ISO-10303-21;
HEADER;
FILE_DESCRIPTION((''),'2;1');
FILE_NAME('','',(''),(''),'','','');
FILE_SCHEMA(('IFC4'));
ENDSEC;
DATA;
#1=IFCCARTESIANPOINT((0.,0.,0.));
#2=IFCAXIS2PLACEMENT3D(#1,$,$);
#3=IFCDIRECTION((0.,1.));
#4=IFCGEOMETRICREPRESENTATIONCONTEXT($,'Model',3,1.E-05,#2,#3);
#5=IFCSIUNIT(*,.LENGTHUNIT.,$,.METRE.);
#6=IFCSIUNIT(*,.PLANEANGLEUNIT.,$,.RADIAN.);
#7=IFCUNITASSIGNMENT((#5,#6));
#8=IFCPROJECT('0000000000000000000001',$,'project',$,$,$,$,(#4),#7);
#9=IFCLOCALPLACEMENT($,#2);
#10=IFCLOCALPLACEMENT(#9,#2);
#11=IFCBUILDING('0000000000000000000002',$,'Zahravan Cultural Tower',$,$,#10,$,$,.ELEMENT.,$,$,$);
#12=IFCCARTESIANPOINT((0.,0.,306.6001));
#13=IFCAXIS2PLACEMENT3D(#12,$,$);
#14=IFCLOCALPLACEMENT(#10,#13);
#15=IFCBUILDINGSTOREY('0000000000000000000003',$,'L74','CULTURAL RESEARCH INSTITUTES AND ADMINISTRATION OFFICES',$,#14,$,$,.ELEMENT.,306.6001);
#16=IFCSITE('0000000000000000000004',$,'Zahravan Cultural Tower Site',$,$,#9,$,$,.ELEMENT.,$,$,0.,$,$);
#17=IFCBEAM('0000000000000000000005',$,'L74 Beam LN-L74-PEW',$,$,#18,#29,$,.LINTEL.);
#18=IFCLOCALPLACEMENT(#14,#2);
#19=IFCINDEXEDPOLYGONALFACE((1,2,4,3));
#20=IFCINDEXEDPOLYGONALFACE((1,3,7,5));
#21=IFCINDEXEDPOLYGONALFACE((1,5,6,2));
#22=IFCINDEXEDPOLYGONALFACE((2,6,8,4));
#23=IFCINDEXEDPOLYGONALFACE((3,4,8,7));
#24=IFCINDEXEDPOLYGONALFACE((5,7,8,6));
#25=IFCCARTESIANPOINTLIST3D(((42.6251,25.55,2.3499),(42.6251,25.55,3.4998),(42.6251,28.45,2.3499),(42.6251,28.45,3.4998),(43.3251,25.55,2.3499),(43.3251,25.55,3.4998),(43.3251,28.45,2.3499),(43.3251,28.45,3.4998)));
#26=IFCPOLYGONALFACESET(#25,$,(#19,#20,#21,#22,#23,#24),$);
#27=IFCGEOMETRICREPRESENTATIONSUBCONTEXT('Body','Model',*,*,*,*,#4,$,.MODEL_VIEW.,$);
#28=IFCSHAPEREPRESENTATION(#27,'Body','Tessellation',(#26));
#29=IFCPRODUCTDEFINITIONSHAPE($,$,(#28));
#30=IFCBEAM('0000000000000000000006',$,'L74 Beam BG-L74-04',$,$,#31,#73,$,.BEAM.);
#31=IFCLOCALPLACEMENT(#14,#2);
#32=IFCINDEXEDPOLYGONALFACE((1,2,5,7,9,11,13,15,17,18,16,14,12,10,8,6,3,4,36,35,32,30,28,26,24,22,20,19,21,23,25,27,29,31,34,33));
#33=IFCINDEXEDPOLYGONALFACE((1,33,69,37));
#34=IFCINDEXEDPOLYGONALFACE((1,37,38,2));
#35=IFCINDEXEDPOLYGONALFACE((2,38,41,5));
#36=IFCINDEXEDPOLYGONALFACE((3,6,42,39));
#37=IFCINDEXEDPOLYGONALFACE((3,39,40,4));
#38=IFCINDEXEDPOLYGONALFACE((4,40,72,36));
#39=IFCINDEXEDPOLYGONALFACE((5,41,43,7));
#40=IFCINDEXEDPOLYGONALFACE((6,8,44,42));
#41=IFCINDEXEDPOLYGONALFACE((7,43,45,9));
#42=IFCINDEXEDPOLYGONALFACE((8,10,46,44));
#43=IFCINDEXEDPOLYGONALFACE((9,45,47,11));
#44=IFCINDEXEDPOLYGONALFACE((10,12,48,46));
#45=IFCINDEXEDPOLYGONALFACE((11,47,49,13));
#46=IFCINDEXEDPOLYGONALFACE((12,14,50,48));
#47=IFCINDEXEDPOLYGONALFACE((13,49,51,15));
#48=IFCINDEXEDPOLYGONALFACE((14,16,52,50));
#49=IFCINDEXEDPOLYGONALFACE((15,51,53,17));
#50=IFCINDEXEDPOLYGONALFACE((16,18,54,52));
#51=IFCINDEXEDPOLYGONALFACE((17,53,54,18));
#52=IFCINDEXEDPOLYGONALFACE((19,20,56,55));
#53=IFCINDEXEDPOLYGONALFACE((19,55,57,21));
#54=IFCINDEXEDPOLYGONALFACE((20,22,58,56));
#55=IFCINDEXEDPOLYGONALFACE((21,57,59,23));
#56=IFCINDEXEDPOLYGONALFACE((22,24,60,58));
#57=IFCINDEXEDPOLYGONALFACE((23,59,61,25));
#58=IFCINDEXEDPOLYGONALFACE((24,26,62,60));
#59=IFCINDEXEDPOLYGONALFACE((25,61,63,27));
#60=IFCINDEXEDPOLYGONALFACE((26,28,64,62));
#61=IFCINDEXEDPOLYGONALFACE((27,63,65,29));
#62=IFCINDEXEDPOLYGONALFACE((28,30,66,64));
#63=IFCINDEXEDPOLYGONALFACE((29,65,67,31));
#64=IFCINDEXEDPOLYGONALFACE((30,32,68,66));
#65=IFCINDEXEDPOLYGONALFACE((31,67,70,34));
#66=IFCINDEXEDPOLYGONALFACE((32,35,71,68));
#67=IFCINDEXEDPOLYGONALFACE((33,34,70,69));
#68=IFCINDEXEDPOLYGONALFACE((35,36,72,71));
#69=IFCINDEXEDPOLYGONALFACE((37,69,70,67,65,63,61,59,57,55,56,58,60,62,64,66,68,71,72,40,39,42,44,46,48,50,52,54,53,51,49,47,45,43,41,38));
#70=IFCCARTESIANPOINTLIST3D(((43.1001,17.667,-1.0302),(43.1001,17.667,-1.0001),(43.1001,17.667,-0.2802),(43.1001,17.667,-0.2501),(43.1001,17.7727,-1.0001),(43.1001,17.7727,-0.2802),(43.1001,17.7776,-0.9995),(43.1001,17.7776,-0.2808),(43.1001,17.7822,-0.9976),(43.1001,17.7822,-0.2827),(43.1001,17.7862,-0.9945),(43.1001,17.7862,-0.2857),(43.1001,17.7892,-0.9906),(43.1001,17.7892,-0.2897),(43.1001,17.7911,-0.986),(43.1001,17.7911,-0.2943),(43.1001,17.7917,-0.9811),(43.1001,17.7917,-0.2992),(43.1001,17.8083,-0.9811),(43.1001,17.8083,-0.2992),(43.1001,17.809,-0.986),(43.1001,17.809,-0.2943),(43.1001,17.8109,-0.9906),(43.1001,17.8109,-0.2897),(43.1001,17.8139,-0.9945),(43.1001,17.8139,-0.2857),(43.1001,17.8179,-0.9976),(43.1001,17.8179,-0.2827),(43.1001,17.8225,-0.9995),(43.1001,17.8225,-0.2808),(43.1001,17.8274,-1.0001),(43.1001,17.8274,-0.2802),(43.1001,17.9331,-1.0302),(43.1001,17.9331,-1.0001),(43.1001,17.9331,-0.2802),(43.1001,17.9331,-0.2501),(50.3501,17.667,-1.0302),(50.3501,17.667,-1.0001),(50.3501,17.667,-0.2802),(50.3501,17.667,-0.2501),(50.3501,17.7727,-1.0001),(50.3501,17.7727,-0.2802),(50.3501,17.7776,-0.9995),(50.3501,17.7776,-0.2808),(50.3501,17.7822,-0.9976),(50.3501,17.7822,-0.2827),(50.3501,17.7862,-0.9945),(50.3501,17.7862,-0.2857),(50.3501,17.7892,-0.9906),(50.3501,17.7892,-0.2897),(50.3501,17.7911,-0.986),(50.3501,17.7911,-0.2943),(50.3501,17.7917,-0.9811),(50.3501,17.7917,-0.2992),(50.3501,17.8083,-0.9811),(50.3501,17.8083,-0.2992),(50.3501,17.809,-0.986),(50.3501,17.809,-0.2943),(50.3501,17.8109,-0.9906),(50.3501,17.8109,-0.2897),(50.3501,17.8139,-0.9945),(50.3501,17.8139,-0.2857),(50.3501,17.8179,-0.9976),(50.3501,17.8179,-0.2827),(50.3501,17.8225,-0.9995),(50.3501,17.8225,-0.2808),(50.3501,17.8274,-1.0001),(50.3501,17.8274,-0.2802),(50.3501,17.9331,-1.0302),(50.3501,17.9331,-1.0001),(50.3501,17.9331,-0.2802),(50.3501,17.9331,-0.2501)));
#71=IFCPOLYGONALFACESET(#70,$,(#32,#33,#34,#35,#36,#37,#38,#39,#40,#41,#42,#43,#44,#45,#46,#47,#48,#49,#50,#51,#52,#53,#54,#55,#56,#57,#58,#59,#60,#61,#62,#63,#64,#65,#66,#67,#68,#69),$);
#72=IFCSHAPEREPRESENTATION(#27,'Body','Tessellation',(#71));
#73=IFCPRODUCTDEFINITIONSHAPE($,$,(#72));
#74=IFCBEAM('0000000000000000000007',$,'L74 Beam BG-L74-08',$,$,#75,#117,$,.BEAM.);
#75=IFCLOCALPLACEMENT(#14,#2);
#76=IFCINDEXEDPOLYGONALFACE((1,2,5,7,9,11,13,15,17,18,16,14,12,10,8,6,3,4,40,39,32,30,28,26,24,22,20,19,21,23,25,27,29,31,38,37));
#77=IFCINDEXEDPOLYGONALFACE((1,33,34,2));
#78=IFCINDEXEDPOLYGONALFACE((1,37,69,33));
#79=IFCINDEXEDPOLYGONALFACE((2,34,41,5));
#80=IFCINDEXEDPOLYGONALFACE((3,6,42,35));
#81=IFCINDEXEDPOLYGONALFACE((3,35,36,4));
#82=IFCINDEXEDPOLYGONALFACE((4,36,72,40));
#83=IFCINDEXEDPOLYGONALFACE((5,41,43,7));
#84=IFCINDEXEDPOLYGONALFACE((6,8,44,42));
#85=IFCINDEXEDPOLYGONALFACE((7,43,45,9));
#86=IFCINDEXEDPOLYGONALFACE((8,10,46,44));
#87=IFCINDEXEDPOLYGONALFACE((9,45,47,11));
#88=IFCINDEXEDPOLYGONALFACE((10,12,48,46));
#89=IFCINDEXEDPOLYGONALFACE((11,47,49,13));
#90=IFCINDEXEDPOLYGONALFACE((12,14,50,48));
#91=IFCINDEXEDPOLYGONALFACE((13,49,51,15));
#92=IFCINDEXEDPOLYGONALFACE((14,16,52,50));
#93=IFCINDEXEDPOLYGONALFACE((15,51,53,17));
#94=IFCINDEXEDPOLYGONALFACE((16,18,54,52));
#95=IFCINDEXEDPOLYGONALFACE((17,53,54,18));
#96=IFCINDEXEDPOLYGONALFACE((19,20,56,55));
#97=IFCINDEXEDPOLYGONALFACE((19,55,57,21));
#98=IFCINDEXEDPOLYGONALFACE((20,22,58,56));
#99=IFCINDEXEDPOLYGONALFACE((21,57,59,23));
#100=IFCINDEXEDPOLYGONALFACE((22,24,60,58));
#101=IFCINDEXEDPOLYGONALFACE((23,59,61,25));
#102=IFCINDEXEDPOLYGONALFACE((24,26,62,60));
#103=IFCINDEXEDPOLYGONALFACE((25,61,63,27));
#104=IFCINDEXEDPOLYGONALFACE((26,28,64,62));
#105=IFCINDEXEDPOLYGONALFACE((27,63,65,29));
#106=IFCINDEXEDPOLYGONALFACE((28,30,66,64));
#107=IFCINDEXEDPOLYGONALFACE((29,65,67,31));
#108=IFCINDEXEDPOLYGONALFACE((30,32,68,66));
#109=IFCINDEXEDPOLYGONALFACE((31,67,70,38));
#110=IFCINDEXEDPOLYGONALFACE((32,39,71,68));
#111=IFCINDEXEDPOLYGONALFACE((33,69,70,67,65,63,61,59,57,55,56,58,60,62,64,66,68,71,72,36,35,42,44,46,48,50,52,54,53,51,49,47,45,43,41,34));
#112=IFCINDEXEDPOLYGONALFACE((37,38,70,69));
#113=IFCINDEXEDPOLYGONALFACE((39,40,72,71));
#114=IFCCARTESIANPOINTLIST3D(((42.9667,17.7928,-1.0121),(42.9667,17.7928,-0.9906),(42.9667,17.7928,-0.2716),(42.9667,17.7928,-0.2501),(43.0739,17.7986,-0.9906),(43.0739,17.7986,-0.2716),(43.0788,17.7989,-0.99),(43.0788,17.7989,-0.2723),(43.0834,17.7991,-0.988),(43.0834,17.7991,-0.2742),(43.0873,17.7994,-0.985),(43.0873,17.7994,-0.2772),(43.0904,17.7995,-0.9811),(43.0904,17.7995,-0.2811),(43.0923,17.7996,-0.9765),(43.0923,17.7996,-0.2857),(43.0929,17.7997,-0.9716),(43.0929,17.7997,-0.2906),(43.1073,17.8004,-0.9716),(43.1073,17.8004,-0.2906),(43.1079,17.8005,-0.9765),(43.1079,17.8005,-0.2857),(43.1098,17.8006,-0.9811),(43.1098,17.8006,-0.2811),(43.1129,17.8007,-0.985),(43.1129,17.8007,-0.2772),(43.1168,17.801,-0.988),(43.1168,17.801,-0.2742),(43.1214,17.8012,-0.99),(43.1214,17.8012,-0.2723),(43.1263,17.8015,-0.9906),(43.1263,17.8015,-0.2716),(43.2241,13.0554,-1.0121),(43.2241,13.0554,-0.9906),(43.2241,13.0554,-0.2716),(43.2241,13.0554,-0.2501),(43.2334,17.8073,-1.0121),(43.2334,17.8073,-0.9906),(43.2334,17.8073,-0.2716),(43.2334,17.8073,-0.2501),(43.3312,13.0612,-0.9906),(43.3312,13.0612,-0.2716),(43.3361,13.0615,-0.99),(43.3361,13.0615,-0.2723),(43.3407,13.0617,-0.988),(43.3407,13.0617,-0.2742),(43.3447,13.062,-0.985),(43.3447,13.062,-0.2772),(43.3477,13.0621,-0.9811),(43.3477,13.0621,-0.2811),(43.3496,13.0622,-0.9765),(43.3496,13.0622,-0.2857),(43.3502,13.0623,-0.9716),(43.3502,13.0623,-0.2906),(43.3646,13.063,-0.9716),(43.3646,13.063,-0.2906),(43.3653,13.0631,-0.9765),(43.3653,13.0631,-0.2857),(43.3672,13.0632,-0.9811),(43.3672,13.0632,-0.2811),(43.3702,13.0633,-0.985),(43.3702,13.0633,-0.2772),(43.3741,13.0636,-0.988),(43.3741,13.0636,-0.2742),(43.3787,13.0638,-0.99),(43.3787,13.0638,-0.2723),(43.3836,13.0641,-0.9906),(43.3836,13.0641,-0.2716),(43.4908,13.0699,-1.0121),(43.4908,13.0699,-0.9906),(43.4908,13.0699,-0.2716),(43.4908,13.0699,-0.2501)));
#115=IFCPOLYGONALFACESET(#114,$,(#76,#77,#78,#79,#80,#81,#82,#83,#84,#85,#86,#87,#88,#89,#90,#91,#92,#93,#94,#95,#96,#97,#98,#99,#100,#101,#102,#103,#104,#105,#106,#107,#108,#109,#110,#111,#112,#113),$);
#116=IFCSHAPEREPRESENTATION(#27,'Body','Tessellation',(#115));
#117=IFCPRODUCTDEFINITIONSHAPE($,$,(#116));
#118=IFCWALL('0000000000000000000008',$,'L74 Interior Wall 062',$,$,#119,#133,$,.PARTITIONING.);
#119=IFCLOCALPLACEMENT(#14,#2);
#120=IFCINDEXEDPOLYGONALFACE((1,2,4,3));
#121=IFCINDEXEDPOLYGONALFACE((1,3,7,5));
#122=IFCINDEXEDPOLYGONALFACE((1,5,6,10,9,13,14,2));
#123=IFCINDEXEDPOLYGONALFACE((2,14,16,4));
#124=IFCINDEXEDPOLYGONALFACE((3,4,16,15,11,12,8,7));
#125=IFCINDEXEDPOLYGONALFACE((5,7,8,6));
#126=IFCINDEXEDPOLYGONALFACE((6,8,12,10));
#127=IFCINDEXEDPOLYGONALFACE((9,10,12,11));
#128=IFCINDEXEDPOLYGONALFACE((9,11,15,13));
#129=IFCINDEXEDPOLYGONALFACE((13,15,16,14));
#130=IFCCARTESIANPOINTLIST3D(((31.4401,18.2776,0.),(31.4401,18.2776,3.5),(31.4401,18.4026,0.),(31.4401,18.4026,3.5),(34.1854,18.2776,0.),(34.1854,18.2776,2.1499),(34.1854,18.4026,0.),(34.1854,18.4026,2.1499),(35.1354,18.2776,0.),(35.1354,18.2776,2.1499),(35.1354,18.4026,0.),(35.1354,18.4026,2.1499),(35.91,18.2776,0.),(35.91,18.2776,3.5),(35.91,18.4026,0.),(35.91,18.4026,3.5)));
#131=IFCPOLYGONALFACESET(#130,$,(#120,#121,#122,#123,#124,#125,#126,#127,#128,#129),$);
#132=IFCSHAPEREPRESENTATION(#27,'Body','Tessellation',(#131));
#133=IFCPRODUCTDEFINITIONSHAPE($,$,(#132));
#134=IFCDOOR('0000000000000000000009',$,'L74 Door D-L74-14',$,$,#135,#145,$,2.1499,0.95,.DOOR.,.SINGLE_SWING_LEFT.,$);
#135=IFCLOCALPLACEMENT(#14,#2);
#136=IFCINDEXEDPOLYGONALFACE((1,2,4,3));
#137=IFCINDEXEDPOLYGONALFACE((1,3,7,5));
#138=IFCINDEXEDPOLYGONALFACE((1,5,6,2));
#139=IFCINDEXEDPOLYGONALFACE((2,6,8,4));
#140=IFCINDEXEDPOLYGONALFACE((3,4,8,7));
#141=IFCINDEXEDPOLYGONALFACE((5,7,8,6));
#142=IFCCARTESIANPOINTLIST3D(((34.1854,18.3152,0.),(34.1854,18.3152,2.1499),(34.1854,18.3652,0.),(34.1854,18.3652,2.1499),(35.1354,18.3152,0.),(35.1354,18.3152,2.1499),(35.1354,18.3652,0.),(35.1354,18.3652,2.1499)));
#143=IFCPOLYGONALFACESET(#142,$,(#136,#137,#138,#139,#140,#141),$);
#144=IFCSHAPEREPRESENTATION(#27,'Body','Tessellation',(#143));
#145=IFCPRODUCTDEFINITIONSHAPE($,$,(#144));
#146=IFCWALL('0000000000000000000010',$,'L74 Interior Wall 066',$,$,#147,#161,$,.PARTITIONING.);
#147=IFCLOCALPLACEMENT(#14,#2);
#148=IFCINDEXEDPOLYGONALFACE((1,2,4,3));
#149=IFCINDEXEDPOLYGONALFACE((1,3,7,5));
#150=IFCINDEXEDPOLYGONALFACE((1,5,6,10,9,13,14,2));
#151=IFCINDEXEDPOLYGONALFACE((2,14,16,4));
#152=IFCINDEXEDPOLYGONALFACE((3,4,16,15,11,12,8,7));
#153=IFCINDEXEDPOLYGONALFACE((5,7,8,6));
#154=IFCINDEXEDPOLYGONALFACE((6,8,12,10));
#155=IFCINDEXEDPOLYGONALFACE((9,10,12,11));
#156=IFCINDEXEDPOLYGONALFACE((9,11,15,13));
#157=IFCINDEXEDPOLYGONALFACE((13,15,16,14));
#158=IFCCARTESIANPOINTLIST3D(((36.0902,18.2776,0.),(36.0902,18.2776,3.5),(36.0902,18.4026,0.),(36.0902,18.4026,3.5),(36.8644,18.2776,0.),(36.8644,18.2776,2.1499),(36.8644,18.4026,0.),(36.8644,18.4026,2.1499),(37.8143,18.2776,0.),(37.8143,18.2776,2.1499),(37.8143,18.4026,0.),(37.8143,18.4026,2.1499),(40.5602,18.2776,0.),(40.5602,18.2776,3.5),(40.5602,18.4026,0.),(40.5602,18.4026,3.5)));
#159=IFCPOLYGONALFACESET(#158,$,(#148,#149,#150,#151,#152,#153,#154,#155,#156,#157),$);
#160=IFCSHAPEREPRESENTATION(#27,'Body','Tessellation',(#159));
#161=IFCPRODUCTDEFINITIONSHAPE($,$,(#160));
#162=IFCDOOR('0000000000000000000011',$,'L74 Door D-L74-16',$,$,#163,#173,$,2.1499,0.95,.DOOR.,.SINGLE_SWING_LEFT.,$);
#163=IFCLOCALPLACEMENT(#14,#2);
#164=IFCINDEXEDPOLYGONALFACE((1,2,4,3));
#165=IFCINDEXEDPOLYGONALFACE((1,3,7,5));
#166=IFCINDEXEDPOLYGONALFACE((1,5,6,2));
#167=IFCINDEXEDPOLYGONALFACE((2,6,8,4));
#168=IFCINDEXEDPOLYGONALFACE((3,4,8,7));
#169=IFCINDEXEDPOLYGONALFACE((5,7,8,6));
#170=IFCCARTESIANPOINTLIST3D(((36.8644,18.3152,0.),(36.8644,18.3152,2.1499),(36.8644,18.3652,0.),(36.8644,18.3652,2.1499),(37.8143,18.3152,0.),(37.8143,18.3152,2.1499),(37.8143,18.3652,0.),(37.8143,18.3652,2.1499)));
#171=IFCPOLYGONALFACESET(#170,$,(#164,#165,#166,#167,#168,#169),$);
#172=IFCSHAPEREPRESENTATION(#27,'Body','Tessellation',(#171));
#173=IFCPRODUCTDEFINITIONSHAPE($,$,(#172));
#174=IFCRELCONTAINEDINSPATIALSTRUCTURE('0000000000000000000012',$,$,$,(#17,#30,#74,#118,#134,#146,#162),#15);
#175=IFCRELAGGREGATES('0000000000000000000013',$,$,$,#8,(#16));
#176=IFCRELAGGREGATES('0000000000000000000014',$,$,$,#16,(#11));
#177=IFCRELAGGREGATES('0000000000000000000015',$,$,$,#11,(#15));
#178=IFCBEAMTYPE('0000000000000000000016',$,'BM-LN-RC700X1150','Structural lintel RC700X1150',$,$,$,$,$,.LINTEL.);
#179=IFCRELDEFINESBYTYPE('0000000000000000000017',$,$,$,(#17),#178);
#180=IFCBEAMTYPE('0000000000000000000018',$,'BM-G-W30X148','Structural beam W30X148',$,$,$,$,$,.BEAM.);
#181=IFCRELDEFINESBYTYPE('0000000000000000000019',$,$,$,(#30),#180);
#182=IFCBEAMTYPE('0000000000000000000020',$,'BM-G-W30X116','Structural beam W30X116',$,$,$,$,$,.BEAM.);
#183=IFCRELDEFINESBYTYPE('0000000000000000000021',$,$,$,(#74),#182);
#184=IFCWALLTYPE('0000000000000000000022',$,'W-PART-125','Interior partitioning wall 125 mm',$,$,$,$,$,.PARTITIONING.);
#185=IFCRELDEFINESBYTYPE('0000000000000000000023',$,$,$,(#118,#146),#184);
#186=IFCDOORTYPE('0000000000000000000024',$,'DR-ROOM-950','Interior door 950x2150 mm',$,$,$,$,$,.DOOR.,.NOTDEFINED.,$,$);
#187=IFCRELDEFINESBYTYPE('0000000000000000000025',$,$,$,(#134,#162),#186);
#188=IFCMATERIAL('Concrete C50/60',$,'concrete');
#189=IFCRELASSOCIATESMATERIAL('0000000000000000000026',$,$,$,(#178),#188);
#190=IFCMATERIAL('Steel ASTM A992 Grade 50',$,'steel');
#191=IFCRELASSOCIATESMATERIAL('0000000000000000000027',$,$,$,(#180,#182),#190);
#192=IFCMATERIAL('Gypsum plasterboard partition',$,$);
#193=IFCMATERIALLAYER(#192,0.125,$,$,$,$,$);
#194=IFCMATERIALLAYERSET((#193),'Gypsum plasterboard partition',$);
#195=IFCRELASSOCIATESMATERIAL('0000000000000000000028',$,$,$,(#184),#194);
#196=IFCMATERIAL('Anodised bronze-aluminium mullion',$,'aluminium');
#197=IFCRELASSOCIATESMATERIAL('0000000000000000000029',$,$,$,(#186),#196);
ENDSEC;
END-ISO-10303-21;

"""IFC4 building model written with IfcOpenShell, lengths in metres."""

from ifc_helpers import new_model, si_unit, direction, frame, frame_2d, origin, origin_2d, place, context, subcontext, project, spatial, rectangle, i_section, extrude, source, transform, mapped, material, layer, layer_set, material_profile, profile_set, type_object, element, fill, save


model = new_model("IFC4")

# Units and contexts
model_context = context("Model", 3, precision=1e-05, world=origin(), true_north=direction((0.0, 1.0)))
body_context = subcontext(model_context, "Body", "Model", "MODEL_VIEW")
ifc_project = project(units=[si_unit("LENGTHUNIT", "METRE"), si_unit("PLANEANGLEUNIT", "RADIAN")], contexts=[model_context])

# Site, building, storey
site_placement = place(None, origin())
site = spatial("IfcSite", under=ifc_project, at=site_placement, Name="Zahravan Cultural Tower Site", CompositionType="ELEMENT", RefElevation=0.0)
building_placement = place(site_placement, origin())
building = spatial("IfcBuilding", under=site, at=building_placement, Name="Zahravan Cultural Tower", CompositionType="ELEMENT")
storey_placement = place(building_placement, frame((0.0, 0.0, 306.6001)))
storey = spatial("IfcBuildingStorey", under=building, at=storey_placement, Name="L74", Description="CULTURAL RESEARCH INSTITUTES AND ADMINISTRATION OFFICES", CompositionType="ELEMENT", Elevation=306.6001)

# Beams
ifc_material_1 = material(Name="Concrete C50/60", Category="concrete")
ifc_material_profile_1 = material_profile(ifc_material_1, rectangle(XDim=0.7, YDim=1.1499, at=origin_2d()), Name="RC700X1150")
ifc_profile_set_1 = profile_set([ifc_material_profile_1], Name="Concrete C50/60")
beam_type_1 = type_object("IfcBeamType", Name="BM-LN-RC700X1150", Description="Structural lintel RC700X1150", PredefinedType="LINTEL", material=ifc_profile_set_1)
shared_shape_1 = source(origin(), body_context, "Body", "SweptSolid", [
    extrude(rectangle(XDim=0.7, YDim=1.1499, at=origin_2d()), origin(), (0.0, 0.0, 1.0), 2.8999),
])
beam_1_placement = place(storey_placement, frame((42.9751, 25.55, 2.9248), z_axis=(0.0, 1.0, 0.0), x_axis=(-1.0, 0.0, 0.0)))
element("IfcBeam", 1, at=beam_1_placement, inside=storey, type_object=beam_type_1, Name="L74 Beam LN-L74-PEW", PredefinedType="LINTEL", context=body_context, shape_type="MappedRepresentation", body=[
    mapped(shared_shape_1, transform((0.0, 0.0, 0.0), x_axis=(1.0, 0.0, 0.0), y_axis=(0.0, 1.0, 0.0), z_axis=(0.0, 0.0, 1.0), scale=1.0)),
])
ifc_material_2 = material(Name="Steel ASTM A992 Grade 50", Category="steel")
ifc_material_profile_2 = material_profile(ifc_material_2, i_section(OverallWidth=0.2661, OverallDepth=0.78, WebThickness=0.0166, FlangeThickness=0.03, FilletRadius=0.019, at=origin_2d()), Name="W30X148")
ifc_profile_set_2 = profile_set([ifc_material_profile_2], Name="Steel ASTM A992 Grade 50")
beam_type_2 = type_object("IfcBeamType", Name="BM-G-W30X148", Description="Structural beam W30X148", PredefinedType="BEAM", material=ifc_profile_set_2)
shared_shape_2 = source(origin(), body_context, "Body", "SweptSolid", [
    extrude(i_section(OverallWidth=0.2661, OverallDepth=0.78, WebThickness=0.0166, FlangeThickness=0.03, FilletRadius=0.019, at=origin_2d()), origin(), (0.0, 0.0, 1.0), 7.25),
])
beam_2_placement = place(storey_placement, frame((43.1001, 17.8, -0.6401), z_axis=(1.0, 0.0, 0.0), x_axis=(0.0, 1.0, 0.0)))
element("IfcBeam", 2, at=beam_2_placement, inside=storey, type_object=beam_type_2, Name="L74 Beam BG-L74-04", PredefinedType="BEAM", context=body_context, shape_type="MappedRepresentation", body=[
    mapped(shared_shape_2, transform((0.0, 0.0, 0.0), x_axis=(1.0, 0.0, 0.0), y_axis=(0.0, 1.0, 0.0), z_axis=(0.0, 0.0, 1.0), scale=1.0)),
])
ifc_material_profile_3 = material_profile(ifc_material_2, i_section(OverallWidth=0.2671, OverallDepth=0.762, WebThickness=0.0144, FlangeThickness=0.0215, FilletRadius=0.019, at=origin_2d()), Name="W30X116")
ifc_profile_set_3 = profile_set([ifc_material_profile_3], Name="Steel ASTM A992 Grade 50")
beam_type_3 = type_object("IfcBeamType", Name="BM-G-W30X116", Description="Structural beam W30X116", PredefinedType="BEAM", material=ifc_profile_set_3)
shared_shape_3 = source(origin(), body_context, "Body", "SweptSolid", [
    extrude(i_section(OverallWidth=0.2671, OverallDepth=0.762, WebThickness=0.0144, FlangeThickness=0.0215, FilletRadius=0.019, at=origin_2d()), origin(), (0.0, 0.0, 1.0), 4.7444),
])
beam_3_placement = place(storey_placement, frame((43.1001, 17.8, -0.6311), z_axis=(0.054239, -0.998528, 0.0), x_axis=(0.998528, 0.054239, 0.0)))
element("IfcBeam", 3, at=beam_3_placement, inside=storey, type_object=beam_type_3, Name="L74 Beam BG-L74-08", PredefinedType="BEAM", context=body_context, shape_type="MappedRepresentation", body=[
    mapped(shared_shape_3, transform((0.0, 0.0, 0.0), x_axis=(1.0, 0.0, 0.0), y_axis=(0.0, 1.0, 0.0), z_axis=(0.0, 0.0, 1.0), scale=1.0)),
])

# Walls, openings, doors
ifc_material_3 = material(Name="Gypsum plasterboard partition")
ifc_layer_1 = layer(ifc_material_3, 0.125)
ifc_layer_set_1 = layer_set([ifc_layer_1], Name="Gypsum plasterboard partition")
wall_type_1 = type_object("IfcWallType", Name="W-PART-125", Description="Interior partitioning wall 125 mm", PredefinedType="PARTITIONING", material=ifc_layer_set_1)
wall_1_placement = place(storey_placement, frame((35.9099, 18.3401, 0.0), z_axis=(0.0, 0.0, 1.0), x_axis=(-1.0, 0.0, 0.0)))
wall_1 = element("IfcWall", 4, at=wall_1_placement, inside=storey, type_object=wall_type_1, Name="L74 Interior Wall 062", PredefinedType="PARTITIONING", context=body_context, shape_type="SweptSolid", body=[
    extrude(rectangle(XDim=4.47, YDim=0.125, at=frame_2d((2.2349, 0.0))), origin(), (0.0, 0.0, 1.0), 3.5),
])
opening_1_placement = place(wall_1_placement, frame((0.7744, 0.0, 0.0)))
opening_1 = element("IfcOpeningElement", 5, at=opening_1_placement, cuts=wall_1, PredefinedType="OPENING", context=body_context, shape_type="SweptSolid", body=[
    extrude(rectangle(XDim=0.95, YDim=2.1499, at=frame_2d((0.4751, 1.075))), frame((0.0, 0.0725, 0.0), z_axis=(0.0, -1.0, 0.0), x_axis=(1.0, 0.0, 0.0)), (0.0, 0.0, 1.0), 0.145),
])
ifc_material_4 = material(Name="Anodised bronze-aluminium mullion", Category="aluminium")
door_type_1 = type_object("IfcDoorType", Name="DR-ROOM-950", Description="Interior door 950x2150 mm", OperationType="NOTDEFINED", PredefinedType="DOOR", material=ifc_material_4)
shared_shape_4 = source(origin(), body_context, "Body", "SweptSolid", [
    extrude(rectangle(XDim=0.95, YDim=2.1499, at=frame_2d((0.4751, 1.075))), frame((0.0, 0.0249, 0.0), z_axis=(0.0, -1.0, 0.0), x_axis=(1.0, 0.0, 0.0)), (0.0, 0.0, 1.0), 0.05),
])
door_1_placement = place(opening_1_placement, origin())
door_1 = element("IfcDoor", 6, at=door_1_placement, inside=storey, type_object=door_type_1, Name="L74 Door D-L74-14", OperationType="SINGLE_SWING_LEFT", OverallHeight=2.1499, OverallWidth=0.95, PredefinedType="DOOR", context=body_context, shape_type="MappedRepresentation", body=[
    mapped(shared_shape_4, transform((0.0, 0.0, 0.0), x_axis=(1.0, 0.0, 0.0), y_axis=(0.0, 1.0, 0.0), z_axis=(0.0, 0.0, 1.0), scale=1.0)),
])
fill(opening_1, door_1)
wall_2_placement = place(storey_placement, frame((40.5601, 18.3401, 0.0), z_axis=(0.0, 0.0, 1.0), x_axis=(-1.0, 0.0, 0.0)))
wall_2 = element("IfcWall", 7, at=wall_2_placement, inside=storey, type_object=wall_type_1, Name="L74 Interior Wall 066", PredefinedType="PARTITIONING", context=body_context, shape_type="SweptSolid", body=[
    extrude(rectangle(XDim=4.47, YDim=0.125, at=frame_2d((2.2349, 0.0))), origin(), (0.0, 0.0, 1.0), 3.5),
])
opening_2_placement = place(wall_2_placement, frame((2.7456, 0.0, 0.0)))
opening_2 = element("IfcOpeningElement", 8, at=opening_2_placement, cuts=wall_2, PredefinedType="OPENING", context=body_context, shape_type="SweptSolid", body=[
    extrude(rectangle(XDim=0.95, YDim=2.1499, at=frame_2d((0.4751, 1.075))), frame((0.0, 0.0725, 0.0), z_axis=(0.0, -1.0, 0.0), x_axis=(1.0, 0.0, 0.0)), (0.0, 0.0, 1.0), 0.145),
])
door_2_placement = place(opening_2_placement, origin())
door_2 = element("IfcDoor", 9, at=door_2_placement, inside=storey, type_object=door_type_1, Name="L74 Door D-L74-16", OperationType="SINGLE_SWING_LEFT", OverallHeight=2.1499, OverallWidth=0.95, PredefinedType="DOOR", context=body_context, shape_type="MappedRepresentation", body=[
    mapped(shared_shape_4, transform((0.0, 0.0, 0.0), x_axis=(1.0, 0.0, 0.0), y_axis=(0.0, 1.0, 0.0), z_axis=(0.0, 0.0, 1.0), scale=1.0)),
])
fill(opening_2, door_2)

save(model, "model.ifc")
